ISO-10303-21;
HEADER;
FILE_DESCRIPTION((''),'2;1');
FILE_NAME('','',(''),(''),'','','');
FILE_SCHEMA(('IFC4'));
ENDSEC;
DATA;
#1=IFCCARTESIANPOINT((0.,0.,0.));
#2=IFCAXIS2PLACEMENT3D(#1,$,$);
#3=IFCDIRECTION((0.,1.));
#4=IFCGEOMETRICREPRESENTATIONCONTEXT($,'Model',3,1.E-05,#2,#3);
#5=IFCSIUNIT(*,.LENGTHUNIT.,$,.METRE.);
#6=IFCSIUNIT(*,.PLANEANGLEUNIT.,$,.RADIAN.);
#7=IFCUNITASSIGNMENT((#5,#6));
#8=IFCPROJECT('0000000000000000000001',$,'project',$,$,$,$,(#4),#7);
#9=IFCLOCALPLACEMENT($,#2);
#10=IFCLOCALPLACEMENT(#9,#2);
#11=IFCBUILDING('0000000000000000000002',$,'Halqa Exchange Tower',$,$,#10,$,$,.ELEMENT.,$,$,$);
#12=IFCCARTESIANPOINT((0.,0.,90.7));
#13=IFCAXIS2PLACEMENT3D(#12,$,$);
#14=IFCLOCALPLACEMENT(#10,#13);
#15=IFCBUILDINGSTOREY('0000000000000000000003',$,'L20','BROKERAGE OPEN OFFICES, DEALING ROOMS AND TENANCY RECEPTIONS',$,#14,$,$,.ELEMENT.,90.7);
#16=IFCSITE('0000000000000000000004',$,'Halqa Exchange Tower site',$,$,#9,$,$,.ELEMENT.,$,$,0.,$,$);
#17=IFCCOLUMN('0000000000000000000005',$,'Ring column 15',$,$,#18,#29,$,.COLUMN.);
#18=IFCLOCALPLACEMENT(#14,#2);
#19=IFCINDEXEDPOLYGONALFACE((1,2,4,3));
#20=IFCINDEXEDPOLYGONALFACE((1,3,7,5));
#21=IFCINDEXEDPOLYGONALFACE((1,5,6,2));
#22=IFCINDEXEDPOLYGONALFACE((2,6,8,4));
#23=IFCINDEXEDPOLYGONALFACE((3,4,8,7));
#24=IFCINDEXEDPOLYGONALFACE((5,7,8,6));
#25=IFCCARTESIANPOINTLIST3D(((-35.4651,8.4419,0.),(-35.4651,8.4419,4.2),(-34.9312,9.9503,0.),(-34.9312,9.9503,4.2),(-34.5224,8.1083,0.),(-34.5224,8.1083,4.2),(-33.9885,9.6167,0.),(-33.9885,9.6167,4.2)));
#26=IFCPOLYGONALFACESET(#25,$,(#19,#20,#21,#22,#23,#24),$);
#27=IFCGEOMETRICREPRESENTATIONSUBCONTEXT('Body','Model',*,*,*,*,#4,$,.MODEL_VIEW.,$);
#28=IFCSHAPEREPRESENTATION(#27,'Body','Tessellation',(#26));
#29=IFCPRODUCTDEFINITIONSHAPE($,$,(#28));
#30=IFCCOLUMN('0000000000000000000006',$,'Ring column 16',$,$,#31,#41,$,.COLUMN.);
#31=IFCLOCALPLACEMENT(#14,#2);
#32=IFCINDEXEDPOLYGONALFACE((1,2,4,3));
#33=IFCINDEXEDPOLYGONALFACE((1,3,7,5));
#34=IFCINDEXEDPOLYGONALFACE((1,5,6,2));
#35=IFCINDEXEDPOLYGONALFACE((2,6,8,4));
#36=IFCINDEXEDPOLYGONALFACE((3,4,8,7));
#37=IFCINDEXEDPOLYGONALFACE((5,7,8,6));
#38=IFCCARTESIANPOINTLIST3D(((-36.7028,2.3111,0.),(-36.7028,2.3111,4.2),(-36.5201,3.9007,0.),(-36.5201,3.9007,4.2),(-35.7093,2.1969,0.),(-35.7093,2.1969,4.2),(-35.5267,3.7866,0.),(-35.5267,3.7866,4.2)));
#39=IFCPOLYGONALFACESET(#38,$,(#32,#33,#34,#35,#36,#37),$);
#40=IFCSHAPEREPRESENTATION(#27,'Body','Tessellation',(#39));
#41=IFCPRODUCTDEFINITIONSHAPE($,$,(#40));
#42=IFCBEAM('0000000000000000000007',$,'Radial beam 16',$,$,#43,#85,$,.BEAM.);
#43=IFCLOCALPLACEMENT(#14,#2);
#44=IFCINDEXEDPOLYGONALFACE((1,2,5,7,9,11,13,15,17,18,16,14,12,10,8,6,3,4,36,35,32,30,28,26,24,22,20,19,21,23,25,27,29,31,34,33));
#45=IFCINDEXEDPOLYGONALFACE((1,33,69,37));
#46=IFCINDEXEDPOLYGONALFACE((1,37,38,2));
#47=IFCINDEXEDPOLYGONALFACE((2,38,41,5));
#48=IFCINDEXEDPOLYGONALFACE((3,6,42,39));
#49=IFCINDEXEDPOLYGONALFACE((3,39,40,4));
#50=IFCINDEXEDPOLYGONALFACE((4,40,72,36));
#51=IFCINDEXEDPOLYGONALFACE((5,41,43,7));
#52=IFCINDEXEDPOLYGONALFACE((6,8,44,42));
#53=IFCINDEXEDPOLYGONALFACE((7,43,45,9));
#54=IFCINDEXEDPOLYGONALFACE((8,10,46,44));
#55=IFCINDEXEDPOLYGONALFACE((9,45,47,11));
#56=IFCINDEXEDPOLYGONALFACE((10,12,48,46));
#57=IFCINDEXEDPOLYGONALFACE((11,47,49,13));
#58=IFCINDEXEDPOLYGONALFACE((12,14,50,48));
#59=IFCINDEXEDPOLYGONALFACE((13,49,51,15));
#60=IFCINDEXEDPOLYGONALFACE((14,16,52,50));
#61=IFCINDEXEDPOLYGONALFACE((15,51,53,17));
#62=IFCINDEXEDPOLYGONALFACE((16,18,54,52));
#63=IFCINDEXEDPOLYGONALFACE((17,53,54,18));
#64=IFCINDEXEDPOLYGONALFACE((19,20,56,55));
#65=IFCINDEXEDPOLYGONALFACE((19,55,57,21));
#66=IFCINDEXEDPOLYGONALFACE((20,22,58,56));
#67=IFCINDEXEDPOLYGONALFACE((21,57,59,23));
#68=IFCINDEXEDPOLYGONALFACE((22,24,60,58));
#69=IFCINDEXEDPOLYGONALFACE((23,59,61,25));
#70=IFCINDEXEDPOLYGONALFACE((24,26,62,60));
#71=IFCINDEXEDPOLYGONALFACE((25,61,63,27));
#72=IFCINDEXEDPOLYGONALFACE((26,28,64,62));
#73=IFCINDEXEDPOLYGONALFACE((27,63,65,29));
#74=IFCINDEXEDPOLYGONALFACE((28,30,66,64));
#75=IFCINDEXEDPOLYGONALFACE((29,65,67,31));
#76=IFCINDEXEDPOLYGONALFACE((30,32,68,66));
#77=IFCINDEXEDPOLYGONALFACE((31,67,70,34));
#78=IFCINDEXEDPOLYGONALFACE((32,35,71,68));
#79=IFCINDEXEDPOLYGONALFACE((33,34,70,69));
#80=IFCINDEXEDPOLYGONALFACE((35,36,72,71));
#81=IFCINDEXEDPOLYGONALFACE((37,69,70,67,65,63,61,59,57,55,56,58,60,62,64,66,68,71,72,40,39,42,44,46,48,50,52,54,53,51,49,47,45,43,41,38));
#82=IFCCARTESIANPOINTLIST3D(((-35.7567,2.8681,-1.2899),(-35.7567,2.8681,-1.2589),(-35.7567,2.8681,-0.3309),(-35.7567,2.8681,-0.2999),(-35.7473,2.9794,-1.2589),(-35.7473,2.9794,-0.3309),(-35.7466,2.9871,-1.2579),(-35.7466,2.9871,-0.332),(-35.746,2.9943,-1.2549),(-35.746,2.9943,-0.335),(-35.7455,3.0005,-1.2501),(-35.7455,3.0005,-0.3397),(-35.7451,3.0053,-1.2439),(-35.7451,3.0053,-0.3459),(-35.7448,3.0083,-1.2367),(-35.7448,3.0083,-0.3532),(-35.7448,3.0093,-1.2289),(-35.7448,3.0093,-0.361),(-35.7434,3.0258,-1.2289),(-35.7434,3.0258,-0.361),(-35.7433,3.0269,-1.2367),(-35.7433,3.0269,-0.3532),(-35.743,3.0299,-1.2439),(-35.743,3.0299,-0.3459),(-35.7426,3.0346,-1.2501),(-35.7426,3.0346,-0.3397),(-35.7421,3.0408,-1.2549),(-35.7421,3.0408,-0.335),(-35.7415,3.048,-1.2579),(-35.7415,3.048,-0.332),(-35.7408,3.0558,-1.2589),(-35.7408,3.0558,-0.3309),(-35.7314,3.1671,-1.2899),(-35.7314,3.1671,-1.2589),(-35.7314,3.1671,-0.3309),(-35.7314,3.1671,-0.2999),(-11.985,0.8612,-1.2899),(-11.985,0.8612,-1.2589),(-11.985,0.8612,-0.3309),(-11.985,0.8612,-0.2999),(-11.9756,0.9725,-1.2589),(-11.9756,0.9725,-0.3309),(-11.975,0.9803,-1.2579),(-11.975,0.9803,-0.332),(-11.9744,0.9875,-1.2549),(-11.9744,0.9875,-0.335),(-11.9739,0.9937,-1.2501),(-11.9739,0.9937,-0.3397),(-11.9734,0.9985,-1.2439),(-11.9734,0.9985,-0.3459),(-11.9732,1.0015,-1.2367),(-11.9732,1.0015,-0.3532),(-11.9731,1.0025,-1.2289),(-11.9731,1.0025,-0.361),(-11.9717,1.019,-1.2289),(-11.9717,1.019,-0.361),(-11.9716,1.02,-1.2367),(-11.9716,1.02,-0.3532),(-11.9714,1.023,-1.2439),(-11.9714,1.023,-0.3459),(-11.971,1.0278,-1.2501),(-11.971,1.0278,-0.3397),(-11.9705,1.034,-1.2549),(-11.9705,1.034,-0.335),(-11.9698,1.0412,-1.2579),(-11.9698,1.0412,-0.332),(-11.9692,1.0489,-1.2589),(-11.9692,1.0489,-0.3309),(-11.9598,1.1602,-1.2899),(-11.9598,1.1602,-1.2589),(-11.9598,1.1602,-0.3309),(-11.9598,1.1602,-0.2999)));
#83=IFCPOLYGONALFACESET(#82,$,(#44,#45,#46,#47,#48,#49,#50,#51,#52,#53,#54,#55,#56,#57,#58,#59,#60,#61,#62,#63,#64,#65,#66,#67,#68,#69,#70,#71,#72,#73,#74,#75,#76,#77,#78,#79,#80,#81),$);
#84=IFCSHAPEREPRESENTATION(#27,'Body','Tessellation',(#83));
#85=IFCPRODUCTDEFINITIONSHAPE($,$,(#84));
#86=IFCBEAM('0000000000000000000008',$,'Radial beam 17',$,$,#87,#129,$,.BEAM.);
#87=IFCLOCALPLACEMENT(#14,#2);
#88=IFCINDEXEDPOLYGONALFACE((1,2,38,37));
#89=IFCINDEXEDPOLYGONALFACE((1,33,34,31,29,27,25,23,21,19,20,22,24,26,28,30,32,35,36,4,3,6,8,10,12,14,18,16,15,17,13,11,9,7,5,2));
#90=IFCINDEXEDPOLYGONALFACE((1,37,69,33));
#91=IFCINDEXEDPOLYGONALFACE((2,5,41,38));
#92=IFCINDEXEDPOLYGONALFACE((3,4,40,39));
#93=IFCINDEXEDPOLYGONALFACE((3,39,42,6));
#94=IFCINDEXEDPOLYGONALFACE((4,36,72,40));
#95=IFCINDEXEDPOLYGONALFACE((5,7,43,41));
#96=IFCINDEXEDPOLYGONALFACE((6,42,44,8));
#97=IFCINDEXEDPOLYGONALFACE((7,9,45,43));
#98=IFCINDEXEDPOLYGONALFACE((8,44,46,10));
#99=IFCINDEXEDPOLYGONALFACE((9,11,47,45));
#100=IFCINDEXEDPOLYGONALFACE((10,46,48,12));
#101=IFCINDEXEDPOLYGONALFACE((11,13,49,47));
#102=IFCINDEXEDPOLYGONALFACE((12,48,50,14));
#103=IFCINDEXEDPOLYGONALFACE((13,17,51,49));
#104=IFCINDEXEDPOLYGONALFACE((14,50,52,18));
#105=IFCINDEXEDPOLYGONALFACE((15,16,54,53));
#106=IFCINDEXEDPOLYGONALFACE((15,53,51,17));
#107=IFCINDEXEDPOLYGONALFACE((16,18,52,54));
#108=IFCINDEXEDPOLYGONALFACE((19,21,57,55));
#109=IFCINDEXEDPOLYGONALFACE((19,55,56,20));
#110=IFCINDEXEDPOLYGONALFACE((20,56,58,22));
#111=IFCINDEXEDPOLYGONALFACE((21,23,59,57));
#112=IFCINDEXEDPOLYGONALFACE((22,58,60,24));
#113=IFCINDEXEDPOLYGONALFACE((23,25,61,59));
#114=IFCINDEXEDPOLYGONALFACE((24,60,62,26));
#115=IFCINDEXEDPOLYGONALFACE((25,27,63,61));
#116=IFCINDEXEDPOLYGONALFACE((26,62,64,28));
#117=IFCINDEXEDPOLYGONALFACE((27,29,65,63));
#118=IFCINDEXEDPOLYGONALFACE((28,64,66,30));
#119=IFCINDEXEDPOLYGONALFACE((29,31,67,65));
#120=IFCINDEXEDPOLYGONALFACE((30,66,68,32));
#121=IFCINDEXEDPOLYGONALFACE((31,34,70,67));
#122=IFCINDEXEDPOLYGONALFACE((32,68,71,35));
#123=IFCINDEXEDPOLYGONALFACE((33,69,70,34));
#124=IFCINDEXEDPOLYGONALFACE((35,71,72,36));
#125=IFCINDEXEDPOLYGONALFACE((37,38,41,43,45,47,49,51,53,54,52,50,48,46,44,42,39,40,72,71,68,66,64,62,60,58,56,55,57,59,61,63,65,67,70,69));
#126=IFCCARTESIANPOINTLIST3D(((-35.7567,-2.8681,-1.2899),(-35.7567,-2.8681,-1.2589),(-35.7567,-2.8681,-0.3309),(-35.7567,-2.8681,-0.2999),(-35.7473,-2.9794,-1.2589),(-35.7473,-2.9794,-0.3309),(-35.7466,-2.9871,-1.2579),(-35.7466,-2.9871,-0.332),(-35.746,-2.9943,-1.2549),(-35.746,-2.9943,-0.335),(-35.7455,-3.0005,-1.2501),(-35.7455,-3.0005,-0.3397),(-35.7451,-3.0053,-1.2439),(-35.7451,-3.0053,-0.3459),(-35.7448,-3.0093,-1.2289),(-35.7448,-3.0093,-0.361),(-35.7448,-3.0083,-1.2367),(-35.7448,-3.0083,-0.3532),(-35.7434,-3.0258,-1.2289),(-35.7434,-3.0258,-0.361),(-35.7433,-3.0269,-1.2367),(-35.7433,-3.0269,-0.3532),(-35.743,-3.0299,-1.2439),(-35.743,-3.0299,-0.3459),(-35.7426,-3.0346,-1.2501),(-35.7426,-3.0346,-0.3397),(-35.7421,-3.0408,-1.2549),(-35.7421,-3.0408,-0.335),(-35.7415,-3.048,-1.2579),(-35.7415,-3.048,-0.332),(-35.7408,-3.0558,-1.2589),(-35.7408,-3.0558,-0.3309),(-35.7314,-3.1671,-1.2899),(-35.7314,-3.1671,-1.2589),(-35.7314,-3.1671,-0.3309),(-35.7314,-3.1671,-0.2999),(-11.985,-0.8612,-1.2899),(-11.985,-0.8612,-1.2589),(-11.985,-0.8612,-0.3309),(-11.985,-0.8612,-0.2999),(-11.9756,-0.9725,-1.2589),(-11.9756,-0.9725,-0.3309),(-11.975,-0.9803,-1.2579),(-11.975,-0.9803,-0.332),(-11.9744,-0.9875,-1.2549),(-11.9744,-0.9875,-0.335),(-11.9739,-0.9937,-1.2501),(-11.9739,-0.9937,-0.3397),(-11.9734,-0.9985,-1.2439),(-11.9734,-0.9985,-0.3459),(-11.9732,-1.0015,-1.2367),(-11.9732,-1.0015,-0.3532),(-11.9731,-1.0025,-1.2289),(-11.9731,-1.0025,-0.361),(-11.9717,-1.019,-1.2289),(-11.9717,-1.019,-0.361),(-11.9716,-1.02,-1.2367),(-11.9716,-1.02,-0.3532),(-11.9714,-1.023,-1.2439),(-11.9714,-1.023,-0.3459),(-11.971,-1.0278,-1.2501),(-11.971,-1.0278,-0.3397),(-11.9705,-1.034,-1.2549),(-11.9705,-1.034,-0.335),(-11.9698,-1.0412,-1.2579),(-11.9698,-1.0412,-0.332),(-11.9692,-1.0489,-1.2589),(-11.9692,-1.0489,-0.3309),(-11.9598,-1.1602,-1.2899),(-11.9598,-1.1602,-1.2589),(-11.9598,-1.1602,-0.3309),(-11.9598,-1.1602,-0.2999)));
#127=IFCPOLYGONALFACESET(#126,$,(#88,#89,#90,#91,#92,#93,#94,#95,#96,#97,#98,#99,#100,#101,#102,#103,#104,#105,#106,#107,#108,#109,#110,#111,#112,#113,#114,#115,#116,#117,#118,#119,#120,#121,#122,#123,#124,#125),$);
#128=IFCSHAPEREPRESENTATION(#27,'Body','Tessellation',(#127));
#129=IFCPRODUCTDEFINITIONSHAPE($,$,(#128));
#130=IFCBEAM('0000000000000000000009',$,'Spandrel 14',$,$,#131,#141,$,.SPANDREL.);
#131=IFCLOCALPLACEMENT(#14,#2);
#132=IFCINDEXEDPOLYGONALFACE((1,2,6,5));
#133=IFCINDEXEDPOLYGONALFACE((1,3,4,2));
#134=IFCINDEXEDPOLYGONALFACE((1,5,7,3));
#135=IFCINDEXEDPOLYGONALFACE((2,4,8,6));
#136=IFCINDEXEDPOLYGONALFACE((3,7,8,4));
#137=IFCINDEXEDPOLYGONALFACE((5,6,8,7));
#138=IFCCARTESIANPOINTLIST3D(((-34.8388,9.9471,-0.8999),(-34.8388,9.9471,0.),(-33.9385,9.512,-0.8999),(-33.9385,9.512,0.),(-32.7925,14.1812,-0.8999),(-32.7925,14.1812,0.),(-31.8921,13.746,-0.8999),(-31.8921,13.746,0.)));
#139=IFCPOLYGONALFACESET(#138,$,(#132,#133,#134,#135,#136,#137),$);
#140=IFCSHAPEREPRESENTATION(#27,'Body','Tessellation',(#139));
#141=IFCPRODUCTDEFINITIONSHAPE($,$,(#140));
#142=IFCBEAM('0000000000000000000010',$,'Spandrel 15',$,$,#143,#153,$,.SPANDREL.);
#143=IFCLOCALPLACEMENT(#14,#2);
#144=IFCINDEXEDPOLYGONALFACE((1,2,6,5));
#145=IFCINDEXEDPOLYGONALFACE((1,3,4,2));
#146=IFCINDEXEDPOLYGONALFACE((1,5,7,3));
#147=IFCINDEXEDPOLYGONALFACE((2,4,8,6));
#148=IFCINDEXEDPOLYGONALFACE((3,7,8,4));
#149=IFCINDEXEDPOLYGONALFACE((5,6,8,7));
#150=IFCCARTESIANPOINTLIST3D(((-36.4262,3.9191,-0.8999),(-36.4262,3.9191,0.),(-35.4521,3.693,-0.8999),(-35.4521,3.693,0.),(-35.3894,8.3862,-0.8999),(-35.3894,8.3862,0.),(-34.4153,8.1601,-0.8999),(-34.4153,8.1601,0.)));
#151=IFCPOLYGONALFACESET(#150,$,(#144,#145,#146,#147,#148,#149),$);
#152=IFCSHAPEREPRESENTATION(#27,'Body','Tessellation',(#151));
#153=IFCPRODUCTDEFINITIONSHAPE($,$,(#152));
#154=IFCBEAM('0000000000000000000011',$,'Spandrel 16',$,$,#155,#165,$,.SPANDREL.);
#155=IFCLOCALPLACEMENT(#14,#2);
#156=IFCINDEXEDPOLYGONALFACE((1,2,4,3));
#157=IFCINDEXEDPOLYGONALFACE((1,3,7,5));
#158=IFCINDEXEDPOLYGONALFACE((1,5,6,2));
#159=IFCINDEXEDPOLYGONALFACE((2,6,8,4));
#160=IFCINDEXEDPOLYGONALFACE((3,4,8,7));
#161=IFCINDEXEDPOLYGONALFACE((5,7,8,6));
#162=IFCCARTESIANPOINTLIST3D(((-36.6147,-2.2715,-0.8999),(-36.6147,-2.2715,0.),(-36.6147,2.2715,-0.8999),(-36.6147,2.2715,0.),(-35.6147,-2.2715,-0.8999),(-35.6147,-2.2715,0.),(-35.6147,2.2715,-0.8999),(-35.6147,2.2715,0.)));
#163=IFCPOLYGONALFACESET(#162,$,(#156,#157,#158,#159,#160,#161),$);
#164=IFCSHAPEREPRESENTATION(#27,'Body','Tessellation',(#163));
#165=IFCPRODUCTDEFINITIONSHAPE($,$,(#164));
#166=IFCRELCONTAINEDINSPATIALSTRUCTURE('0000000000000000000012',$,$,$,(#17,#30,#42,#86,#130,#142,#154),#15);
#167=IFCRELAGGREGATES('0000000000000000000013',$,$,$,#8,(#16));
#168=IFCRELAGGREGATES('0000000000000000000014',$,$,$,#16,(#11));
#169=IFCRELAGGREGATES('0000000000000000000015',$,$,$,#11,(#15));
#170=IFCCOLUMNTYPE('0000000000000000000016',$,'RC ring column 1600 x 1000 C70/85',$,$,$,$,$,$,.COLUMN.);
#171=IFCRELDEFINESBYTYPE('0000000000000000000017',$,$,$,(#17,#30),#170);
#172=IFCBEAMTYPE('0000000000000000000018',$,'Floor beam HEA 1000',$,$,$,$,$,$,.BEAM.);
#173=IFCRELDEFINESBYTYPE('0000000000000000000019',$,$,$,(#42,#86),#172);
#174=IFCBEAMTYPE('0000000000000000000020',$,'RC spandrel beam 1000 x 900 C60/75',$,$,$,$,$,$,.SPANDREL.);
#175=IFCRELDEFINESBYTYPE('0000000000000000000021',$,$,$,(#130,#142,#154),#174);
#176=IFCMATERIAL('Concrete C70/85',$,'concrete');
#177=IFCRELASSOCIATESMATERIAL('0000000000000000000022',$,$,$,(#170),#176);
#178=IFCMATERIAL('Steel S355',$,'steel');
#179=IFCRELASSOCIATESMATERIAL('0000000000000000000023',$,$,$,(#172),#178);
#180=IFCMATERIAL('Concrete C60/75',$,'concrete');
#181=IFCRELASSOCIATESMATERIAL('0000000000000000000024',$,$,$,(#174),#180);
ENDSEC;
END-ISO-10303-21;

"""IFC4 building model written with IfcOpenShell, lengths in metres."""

from ifc_helpers import new_model, si_unit, direction, frame, origin, origin_2d, place, context, subcontext, project, spatial, rectangle, i_section, extrude, material, material_profile, profile_set, type_object, element, save


model = new_model("IFC4")

# Units and contexts
model_context = context("Model", 3, precision=1e-05, world=origin(), true_north=direction((0.0, 1.0)))
body_context = subcontext(model_context, "Body", "Model", "MODEL_VIEW")
ifc_project = project(units=[si_unit("LENGTHUNIT", "METRE"), si_unit("PLANEANGLEUNIT", "RADIAN")], contexts=[model_context])

# Site, building, storey
site_placement = place(None, origin())
site = spatial("IfcSite", under=ifc_project, at=site_placement, Name="Halqa Exchange Tower site", CompositionType="ELEMENT", RefElevation=0.0)
building_placement = place(site_placement, origin())
building = spatial("IfcBuilding", under=site, at=building_placement, Name="Halqa Exchange Tower", CompositionType="ELEMENT")
storey_placement = place(building_placement, frame((0.0, 0.0, 90.7)))
storey = spatial("IfcBuildingStorey", under=building, at=storey_placement, Name="L20", Description="BROKERAGE OPEN OFFICES, DEALING ROOMS AND TENANCY RECEPTIONS", CompositionType="ELEMENT", Elevation=90.7)

# Columns
ifc_material_1 = material(Name="Concrete C70/85", Category="concrete")
ifc_material_profile_1 = material_profile(ifc_material_1, rectangle(XDim=1.6001, YDim=1.0, at=origin_2d()), Name="1600 x 1000")
ifc_profile_set_1 = profile_set([ifc_material_profile_1], Name="Concrete C70/85")
column_type = type_object("IfcColumnType", Name="RC ring column 1600 x 1000 C70/85", PredefinedType="COLUMN", material=ifc_profile_set_1)
for number, where, z_axis, x_axis, name in (
    (1, (-34.7268, 9.0293, 0.0), (0.0, 0.0, 1.0), (-0.333631, -0.942704, 0.0), "Ring column 15"),
    (2, (-36.1147, 3.0488, 0.0), (0.0, 0.0, 1.0), (-0.114157, -0.993463, 0.0), "Ring column 16"),
):
    element("IfcColumn", number, at=place(storey_placement, frame(where, z_axis=z_axis, x_axis=x_axis)), inside=storey, type_object=column_type, Name=name, PredefinedType="COLUMN", context=body_context, shape_type="SweptSolid", body=[
        extrude(rectangle(XDim=1.6001, YDim=1.0, at=origin_2d()), origin(), (0.0, 0.0, 1.0), 4.2),
    ])

# Beams
ifc_material_2 = material(Name="Steel S355", Category="steel")
ifc_material_profile_2 = material_profile(ifc_material_2, i_section(OverallWidth=0.3, OverallDepth=0.99, WebThickness=0.0166, FlangeThickness=0.031, FilletRadius=0.03, at=origin_2d()), Name="HEA 1000")
ifc_profile_set_2 = profile_set([ifc_material_profile_2], Name="Steel S355")
beam_type_1 = type_object("IfcBeamType", Name="Floor beam HEA 1000", PredefinedType="BEAM", material=ifc_profile_set_2)
for number, where, z_axis, x_axis, name in (
    (3, (-11.9724, 1.0107, -0.7949), (-0.996455, 0.084122, 0.0), (-0.084122, -0.996455, 0.0), "Radial beam 16"),
    (4, (-11.9724, -1.0107, -0.7949), (-0.996455, -0.084122, 0.0), (0.084122, -0.996455, 0.0), "Radial beam 17"),
):
    element("IfcBeam", number, at=place(storey_placement, frame(where, z_axis=z_axis, x_axis=x_axis)), inside=storey, type_object=beam_type_1, Name=name, PredefinedType="BEAM", context=body_context, shape_type="SweptSolid", body=[
        extrude(i_section(OverallWidth=0.3, OverallDepth=0.99, WebThickness=0.0166, FlangeThickness=0.031, FilletRadius=0.03, at=origin_2d()), origin(), (0.0, 0.0, 1.0), 23.8562),
    ])
ifc_material_3 = material(Name="Concrete C60/75", Category="concrete")
ifc_material_profile_3 = material_profile(ifc_material_3, rectangle(XDim=1.0, YDim=0.8999, at=origin_2d()), Name="1000 x 900")
ifc_profile_set_3 = profile_set([ifc_material_profile_3], Name="Concrete C60/75")
beam_type_2 = type_object("IfcBeamType", Name="RC spandrel beam 1000 x 900 C60/75", PredefinedType="SPANDREL", material=ifc_profile_set_3)
beam_1_placement = place(storey_placement, frame((-32.3423, 13.9636, -0.45), z_axis=(-0.43515, -0.900358, 0.0), x_axis=(0.900358, -0.43515, 0.0)))
element("IfcBeam", 5, at=beam_1_placement, inside=storey, type_object=beam_type_2, Name="Spandrel 14", PredefinedType="SPANDREL", context=body_context, shape_type="SweptSolid", body=[
    extrude(rectangle(XDim=1.0, YDim=0.8999, at=origin_2d()), origin(), (0.0, 0.0, 1.0), 4.7026),
])
beam_2_placement = place(storey_placement, frame((-34.9023, 8.2732, -0.45), z_axis=(-0.226092, -0.974106, 0.0), x_axis=(0.974106, -0.226092, 0.0)))
element("IfcBeam", 6, at=beam_2_placement, inside=storey, type_object=beam_type_2, Name="Spandrel 15", PredefinedType="SPANDREL", context=body_context, shape_type="SweptSolid", body=[
    extrude(rectangle(XDim=1.0, YDim=0.8999, at=origin_2d()), origin(), (0.0, 0.0, 1.0), 4.5859),
])
beam_3_placement = place(storey_placement, frame((-36.1147, 2.2715, -0.45), z_axis=(0.0, -1.0, 0.0), x_axis=(1.0, 0.0, 0.0)))
element("IfcBeam", 7, at=beam_3_placement, inside=storey, type_object=beam_type_2, Name="Spandrel 16", PredefinedType="SPANDREL", context=body_context, shape_type="SweptSolid", body=[
    extrude(rectangle(XDim=1.0, YDim=0.8999, at=origin_2d()), origin(), (0.0, 0.0, 1.0), 4.543),
])

save(model, "model.ifc")
